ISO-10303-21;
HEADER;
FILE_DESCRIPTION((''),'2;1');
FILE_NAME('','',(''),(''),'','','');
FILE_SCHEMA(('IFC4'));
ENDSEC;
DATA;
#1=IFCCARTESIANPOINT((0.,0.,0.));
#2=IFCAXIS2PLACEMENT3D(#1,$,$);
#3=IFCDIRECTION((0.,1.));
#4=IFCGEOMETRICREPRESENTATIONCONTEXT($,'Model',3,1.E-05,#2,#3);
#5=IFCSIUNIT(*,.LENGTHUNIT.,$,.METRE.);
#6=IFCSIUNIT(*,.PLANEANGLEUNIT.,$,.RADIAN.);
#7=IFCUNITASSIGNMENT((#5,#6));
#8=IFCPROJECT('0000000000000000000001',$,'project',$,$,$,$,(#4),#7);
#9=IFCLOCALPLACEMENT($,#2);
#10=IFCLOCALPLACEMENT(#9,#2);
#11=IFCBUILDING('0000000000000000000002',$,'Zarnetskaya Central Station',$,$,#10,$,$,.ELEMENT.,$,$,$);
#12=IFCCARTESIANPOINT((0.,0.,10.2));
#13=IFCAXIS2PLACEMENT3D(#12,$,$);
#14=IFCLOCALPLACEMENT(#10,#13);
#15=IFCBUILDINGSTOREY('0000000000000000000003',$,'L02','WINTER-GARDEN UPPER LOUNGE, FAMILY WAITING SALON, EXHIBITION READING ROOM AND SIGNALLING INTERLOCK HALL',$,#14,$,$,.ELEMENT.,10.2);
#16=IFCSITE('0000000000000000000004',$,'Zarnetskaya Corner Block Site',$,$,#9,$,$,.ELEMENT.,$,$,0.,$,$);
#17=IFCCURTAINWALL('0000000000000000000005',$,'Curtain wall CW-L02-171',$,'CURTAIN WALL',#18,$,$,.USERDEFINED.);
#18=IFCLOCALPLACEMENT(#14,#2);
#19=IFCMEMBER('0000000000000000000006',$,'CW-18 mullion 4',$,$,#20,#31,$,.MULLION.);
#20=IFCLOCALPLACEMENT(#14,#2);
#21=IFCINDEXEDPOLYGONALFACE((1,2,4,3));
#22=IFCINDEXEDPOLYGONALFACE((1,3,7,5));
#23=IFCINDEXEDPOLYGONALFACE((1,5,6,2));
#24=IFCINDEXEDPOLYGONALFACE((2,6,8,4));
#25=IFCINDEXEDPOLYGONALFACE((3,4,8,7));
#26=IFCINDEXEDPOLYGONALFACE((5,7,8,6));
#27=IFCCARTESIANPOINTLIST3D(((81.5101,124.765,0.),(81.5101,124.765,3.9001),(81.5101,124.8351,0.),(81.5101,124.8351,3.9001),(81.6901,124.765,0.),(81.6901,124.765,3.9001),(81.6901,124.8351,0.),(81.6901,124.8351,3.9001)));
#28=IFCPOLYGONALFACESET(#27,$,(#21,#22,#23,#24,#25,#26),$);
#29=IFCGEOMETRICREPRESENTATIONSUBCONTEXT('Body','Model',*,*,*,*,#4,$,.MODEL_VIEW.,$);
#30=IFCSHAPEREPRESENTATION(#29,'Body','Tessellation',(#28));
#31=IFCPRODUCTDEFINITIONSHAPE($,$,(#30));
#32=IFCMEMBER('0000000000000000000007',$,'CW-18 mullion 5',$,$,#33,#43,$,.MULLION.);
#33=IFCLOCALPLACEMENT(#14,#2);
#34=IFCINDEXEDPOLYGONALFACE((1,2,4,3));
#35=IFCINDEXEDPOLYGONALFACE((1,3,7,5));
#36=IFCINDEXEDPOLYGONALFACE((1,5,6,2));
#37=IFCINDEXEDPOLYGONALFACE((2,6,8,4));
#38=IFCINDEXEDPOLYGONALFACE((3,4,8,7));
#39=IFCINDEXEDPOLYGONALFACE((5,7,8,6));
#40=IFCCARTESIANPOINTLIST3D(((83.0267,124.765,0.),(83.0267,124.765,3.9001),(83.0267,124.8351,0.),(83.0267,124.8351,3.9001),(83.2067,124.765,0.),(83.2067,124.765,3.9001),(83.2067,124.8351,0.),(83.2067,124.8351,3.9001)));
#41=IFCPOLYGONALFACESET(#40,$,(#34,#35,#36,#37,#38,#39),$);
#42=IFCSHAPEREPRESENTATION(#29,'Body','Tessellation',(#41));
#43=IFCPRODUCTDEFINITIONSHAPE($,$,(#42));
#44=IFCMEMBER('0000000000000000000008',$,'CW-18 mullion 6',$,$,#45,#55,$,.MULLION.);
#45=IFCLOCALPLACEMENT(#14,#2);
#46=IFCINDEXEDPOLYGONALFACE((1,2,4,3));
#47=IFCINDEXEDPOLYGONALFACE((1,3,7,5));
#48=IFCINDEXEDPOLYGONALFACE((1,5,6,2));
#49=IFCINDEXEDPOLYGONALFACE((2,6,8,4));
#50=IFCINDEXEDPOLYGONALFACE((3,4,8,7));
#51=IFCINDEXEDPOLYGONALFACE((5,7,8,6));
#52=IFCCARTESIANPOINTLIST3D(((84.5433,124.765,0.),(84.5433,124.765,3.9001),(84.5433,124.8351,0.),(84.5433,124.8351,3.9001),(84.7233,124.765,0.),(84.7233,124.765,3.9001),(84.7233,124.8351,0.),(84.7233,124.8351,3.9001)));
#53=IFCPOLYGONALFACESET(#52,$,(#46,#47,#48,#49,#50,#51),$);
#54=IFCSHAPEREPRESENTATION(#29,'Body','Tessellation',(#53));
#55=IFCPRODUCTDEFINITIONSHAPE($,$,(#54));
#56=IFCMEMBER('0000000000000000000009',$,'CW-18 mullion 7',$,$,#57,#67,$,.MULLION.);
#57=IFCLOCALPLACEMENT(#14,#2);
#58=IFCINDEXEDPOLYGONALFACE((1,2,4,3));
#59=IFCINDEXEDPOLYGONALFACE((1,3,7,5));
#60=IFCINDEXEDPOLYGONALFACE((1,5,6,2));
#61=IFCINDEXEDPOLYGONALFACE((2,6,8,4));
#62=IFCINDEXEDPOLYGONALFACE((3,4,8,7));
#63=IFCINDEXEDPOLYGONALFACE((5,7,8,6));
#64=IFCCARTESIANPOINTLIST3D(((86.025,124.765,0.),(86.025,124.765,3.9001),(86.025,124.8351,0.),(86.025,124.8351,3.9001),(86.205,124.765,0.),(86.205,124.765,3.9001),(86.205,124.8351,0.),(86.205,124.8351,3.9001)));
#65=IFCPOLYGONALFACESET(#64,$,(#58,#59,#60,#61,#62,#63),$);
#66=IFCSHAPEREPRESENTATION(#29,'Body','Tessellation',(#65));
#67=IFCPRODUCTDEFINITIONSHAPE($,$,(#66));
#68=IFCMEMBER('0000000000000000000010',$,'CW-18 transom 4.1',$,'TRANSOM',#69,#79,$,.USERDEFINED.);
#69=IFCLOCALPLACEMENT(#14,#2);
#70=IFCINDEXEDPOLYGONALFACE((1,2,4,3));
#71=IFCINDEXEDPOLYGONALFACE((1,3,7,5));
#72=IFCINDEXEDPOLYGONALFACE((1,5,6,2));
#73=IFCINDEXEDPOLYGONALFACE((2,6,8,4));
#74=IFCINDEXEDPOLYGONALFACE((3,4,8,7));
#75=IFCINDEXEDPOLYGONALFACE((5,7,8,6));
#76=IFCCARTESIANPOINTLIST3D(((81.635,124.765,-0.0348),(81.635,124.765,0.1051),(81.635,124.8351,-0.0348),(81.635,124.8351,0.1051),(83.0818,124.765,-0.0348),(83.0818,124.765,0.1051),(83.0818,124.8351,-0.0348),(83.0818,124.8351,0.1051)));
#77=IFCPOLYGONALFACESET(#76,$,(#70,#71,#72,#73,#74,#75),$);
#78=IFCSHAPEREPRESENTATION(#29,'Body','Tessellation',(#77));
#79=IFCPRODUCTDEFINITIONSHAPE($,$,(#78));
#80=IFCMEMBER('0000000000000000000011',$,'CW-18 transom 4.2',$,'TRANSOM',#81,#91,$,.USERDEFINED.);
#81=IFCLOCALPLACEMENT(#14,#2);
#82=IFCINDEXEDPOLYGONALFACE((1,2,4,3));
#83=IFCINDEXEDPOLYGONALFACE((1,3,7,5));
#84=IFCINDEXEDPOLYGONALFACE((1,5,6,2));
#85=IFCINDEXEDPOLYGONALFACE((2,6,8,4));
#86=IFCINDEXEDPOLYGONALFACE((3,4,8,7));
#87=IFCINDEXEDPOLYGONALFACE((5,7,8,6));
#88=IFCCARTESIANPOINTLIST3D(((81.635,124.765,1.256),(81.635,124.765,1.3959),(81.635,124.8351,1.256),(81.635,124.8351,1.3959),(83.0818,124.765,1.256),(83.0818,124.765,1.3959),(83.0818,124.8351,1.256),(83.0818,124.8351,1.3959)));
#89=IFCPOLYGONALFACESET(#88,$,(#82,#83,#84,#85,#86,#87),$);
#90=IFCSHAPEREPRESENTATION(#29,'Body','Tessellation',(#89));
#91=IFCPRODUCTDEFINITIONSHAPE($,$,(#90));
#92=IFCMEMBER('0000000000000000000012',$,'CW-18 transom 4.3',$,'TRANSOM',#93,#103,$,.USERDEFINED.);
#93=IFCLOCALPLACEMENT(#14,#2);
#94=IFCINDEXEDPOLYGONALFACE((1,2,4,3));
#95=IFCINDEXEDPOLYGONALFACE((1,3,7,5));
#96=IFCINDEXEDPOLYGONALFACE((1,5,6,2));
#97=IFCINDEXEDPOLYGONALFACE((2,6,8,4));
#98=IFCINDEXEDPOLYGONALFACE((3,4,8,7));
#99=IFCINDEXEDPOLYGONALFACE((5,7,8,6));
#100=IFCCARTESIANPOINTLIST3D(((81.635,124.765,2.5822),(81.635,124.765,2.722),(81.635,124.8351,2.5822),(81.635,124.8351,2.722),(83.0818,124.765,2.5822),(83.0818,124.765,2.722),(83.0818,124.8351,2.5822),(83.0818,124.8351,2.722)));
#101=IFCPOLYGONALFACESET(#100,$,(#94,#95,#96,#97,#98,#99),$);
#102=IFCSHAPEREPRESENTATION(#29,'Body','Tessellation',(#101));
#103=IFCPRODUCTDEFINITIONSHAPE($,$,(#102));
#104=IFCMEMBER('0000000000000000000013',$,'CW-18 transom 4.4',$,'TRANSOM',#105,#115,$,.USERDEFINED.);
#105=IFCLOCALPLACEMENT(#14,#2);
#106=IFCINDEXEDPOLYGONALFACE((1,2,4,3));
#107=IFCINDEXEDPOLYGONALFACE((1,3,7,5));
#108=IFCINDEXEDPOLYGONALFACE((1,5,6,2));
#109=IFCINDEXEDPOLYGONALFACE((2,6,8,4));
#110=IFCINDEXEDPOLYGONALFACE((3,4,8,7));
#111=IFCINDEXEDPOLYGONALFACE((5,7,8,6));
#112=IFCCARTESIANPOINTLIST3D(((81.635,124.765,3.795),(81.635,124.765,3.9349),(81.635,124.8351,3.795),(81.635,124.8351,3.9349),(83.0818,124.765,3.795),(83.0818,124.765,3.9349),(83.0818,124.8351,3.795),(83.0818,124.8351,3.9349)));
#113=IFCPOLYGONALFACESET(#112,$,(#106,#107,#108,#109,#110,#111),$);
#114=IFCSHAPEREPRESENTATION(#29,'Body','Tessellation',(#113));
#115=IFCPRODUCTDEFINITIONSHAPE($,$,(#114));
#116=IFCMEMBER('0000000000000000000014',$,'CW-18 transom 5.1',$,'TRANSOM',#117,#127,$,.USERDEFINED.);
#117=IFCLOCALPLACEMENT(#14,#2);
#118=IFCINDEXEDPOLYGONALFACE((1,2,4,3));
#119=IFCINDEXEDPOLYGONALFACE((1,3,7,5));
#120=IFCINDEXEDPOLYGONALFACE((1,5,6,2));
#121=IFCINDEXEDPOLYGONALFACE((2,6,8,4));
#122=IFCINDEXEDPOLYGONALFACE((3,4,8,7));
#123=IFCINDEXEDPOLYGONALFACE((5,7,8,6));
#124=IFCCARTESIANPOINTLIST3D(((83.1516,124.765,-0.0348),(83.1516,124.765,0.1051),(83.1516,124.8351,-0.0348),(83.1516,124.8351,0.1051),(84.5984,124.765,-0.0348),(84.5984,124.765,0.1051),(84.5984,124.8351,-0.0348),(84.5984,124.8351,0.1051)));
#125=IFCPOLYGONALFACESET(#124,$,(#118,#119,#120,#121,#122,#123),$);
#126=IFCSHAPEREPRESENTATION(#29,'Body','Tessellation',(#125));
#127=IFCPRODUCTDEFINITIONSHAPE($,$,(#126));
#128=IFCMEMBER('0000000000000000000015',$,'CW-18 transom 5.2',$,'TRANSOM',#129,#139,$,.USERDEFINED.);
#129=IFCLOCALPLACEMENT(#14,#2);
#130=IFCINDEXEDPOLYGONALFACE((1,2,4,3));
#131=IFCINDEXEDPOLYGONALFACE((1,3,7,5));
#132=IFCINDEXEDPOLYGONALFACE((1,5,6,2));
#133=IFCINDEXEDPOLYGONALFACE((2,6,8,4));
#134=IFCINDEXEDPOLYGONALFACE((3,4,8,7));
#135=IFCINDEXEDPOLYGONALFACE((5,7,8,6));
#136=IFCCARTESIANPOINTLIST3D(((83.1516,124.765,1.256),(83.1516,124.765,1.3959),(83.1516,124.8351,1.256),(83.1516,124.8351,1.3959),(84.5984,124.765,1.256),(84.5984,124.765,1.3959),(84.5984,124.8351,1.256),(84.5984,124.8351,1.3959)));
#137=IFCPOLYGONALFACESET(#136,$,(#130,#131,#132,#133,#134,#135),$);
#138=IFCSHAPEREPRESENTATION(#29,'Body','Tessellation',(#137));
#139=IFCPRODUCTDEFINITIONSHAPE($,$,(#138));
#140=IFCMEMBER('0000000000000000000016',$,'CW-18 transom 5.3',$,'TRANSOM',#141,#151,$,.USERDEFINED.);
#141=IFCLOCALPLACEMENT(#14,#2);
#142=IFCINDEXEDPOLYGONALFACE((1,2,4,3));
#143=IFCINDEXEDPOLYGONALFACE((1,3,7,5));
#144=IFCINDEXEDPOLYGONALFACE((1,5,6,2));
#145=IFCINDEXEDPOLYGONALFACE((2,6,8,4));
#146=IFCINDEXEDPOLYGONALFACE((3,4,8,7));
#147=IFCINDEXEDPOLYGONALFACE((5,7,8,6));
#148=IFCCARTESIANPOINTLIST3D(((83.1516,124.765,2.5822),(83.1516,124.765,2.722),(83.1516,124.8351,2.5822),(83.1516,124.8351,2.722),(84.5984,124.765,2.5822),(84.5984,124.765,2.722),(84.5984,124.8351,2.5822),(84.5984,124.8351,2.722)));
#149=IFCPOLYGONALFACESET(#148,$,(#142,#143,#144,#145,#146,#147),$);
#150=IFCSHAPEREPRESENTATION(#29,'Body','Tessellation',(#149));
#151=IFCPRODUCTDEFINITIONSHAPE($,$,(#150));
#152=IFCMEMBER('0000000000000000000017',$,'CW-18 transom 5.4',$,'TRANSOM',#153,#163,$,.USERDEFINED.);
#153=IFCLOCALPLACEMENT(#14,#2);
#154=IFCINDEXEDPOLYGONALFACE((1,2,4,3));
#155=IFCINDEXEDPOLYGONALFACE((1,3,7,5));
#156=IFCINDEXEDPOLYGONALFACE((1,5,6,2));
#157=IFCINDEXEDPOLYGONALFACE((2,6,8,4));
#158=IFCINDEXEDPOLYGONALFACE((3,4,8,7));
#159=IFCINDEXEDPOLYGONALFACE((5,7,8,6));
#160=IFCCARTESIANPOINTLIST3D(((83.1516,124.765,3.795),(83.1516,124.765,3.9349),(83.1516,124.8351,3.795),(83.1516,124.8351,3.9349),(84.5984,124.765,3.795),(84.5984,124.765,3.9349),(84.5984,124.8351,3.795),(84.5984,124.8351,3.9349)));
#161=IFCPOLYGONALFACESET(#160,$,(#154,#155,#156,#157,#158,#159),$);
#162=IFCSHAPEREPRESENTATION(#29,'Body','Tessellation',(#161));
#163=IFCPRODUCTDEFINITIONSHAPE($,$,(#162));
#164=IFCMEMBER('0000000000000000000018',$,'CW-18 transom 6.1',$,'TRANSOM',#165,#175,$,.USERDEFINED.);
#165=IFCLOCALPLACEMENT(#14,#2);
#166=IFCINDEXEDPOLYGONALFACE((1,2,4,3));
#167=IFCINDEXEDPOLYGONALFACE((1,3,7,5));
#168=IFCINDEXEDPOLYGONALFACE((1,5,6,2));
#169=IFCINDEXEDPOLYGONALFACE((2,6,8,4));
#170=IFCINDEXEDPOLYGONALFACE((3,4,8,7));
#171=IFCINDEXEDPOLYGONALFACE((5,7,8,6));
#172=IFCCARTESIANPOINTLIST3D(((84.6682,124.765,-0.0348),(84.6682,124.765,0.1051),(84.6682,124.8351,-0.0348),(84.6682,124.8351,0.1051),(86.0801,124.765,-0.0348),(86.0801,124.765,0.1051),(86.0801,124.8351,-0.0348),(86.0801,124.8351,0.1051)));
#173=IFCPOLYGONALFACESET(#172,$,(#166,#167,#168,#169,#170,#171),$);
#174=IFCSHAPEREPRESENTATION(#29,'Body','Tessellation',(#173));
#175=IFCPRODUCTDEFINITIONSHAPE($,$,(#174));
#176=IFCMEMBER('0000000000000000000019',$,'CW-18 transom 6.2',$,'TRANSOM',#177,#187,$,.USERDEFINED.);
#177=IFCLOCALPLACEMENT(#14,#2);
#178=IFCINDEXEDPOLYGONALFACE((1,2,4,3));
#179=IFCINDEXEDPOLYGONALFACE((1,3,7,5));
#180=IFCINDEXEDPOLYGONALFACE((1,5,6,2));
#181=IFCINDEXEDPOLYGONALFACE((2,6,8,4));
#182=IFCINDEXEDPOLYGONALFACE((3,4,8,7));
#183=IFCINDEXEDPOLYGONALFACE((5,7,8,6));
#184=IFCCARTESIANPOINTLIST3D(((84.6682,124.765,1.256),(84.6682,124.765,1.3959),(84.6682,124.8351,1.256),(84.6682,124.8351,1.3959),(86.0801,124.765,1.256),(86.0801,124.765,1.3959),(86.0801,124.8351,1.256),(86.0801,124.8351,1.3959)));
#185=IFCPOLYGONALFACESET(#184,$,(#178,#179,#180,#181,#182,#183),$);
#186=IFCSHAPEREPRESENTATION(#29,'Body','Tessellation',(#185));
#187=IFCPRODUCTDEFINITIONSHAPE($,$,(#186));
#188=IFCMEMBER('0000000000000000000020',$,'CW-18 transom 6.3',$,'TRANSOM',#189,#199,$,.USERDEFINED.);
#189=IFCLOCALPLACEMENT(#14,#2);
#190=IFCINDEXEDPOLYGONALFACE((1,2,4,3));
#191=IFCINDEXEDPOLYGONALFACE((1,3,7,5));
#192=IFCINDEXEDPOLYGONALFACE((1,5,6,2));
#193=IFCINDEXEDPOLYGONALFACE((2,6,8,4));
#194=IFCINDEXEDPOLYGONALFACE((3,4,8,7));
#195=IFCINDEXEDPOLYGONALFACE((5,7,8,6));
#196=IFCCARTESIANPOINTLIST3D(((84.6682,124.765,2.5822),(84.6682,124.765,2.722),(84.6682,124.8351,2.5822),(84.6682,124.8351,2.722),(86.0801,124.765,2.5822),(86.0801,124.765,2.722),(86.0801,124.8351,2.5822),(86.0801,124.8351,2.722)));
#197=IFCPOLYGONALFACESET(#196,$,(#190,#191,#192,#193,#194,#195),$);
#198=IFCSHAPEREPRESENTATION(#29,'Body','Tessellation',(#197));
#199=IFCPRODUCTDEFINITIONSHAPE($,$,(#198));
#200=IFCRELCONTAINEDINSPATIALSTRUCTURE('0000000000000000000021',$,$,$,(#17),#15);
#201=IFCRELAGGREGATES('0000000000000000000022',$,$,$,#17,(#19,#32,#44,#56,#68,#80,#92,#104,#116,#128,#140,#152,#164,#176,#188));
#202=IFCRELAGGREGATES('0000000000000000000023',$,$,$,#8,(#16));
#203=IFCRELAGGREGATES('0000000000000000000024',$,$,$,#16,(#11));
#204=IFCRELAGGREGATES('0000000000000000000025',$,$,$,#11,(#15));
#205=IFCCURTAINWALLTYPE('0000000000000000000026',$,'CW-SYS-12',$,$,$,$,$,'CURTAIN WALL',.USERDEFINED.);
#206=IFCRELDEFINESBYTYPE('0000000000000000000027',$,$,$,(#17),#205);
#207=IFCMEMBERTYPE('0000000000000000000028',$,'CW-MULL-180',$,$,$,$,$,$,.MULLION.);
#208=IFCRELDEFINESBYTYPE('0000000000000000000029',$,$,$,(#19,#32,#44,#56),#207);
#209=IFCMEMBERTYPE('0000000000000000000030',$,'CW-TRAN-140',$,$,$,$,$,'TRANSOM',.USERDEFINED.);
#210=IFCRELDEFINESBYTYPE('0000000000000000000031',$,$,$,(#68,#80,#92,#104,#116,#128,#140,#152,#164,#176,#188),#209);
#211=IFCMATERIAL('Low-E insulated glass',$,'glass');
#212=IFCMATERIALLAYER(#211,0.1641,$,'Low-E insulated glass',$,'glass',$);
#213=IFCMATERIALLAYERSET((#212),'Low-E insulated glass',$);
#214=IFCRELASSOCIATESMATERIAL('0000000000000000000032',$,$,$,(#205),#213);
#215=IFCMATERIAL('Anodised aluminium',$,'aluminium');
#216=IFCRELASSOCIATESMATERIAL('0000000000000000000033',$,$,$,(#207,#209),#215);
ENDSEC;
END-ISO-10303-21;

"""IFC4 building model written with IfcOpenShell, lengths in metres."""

from ifc_helpers import new_model, si_unit, direction, frame, origin, origin_2d, place, context, subcontext, project, spatial, rectangle, extrude, material, layer, layer_set, material_profile, profile_set, type_object, element, aggregate, save


model = new_model("IFC4")

# Units and contexts
model_context = context("Model", 3, precision=1e-05, world=origin(), true_north=direction((0.0, 1.0)))
body_context = subcontext(model_context, "Body", "Model", "MODEL_VIEW")
ifc_project = project(units=[si_unit("LENGTHUNIT", "METRE"), si_unit("PLANEANGLEUNIT", "RADIAN")], contexts=[model_context])

# Site, building, storey
site_placement = place(None, origin())
site = spatial("IfcSite", under=ifc_project, at=site_placement, Name="Zarnetskaya Corner Block Site", CompositionType="ELEMENT", RefElevation=0.0)
building_placement = place(site_placement, origin())
building = spatial("IfcBuilding", under=site, at=building_placement, Name="Zarnetskaya Central Station", CompositionType="ELEMENT")
storey_placement = place(building_placement, frame((0.0, 0.0, 10.2)))
storey = spatial("IfcBuildingStorey", under=building, at=storey_placement, Name="L02", Description="WINTER-GARDEN UPPER LOUNGE, FAMILY WAITING SALON, EXHIBITION READING ROOM AND SIGNALLING INTERLOCK HALL", CompositionType="ELEMENT", Elevation=10.2)

# Curtain wall, members
ifc_material_1 = material(Name="Low-E insulated glass", Category="glass")
ifc_layer_1 = layer(ifc_material_1, 0.1641, Name="Low-E insulated glass", Category="glass")
ifc_layer_set_1 = layer_set([ifc_layer_1], Name="Low-E insulated glass")
curtain_wall_type = type_object("IfcCurtainWallType", Name="CW-SYS-12", ElementType="CURTAIN WALL", PredefinedType="USERDEFINED", material=ifc_layer_set_1)
curtain_wall_placement = place(storey_placement, origin())
curtain_wall = element("IfcCurtainWall", 1, at=curtain_wall_placement, inside=storey, type_object=curtain_wall_type, Name="Curtain wall CW-L02-171", ObjectType="CURTAIN WALL", PredefinedType="USERDEFINED")
ifc_material_2 = material(Name="Anodised aluminium", Category="aluminium")
ifc_material_profile_1 = material_profile(ifc_material_2, rectangle(XDim=0.0701, YDim=0.1799, at=origin_2d()), Name="ALU MULL 70x180")
ifc_profile_set_1 = profile_set([ifc_material_profile_1], Name="Anodised aluminium")
member_type_1 = type_object("IfcMemberType", Name="CW-MULL-180", PredefinedType="MULLION", material=ifc_profile_set_1)
member_1_placement = place(storey_placement, frame((81.6001, 124.8, 0.0), z_axis=(0.0, 0.0, 1.0), x_axis=(0.0, 1.0, 0.0)))
member_1 = element("IfcMember", 2, at=member_1_placement, type_object=member_type_1, Name="CW-18 mullion 4", PredefinedType="MULLION", context=body_context, shape_type="SweptSolid", body=[
    extrude(rectangle(XDim=0.0701, YDim=0.1799, at=origin_2d()), origin(), (0.0, 0.0, 1.0), 3.9001),
])
member_2_placement = place(storey_placement, frame((83.1167, 124.8, 0.0), z_axis=(0.0, 0.0, 1.0), x_axis=(0.0, 1.0, 0.0)))
member_2 = element("IfcMember", 3, at=member_2_placement, type_object=member_type_1, Name="CW-18 mullion 5", PredefinedType="MULLION", context=body_context, shape_type="SweptSolid", body=[
    extrude(rectangle(XDim=0.0701, YDim=0.1799, at=origin_2d()), origin(), (0.0, 0.0, 1.0), 3.9001),
])
member_3_placement = place(storey_placement, frame((84.6333, 124.8, 0.0), z_axis=(0.0, 0.0, 1.0), x_axis=(0.0, 1.0, 0.0)))
member_3 = element("IfcMember", 4, at=member_3_placement, type_object=member_type_1, Name="CW-18 mullion 6", PredefinedType="MULLION", context=body_context, shape_type="SweptSolid", body=[
    extrude(rectangle(XDim=0.0701, YDim=0.1799, at=origin_2d()), origin(), (0.0, 0.0, 1.0), 3.9001),
])
member_4_placement = place(storey_placement, frame((86.115, 124.8, 0.0), z_axis=(0.0, 0.0, 1.0), x_axis=(0.0, 1.0, 0.0)))
member_4 = element("IfcMember", 5, at=member_4_placement, type_object=member_type_1, Name="CW-18 mullion 7", PredefinedType="MULLION", context=body_context, shape_type="SweptSolid", body=[
    extrude(rectangle(XDim=0.0701, YDim=0.1799, at=origin_2d()), origin(), (0.0, 0.0, 1.0), 3.9001),
])
ifc_material_profile_2 = material_profile(ifc_material_2, rectangle(XDim=0.0701, YDim=0.1399, at=origin_2d()), Name="ALU TRAN 70x140")
ifc_profile_set_2 = profile_set([ifc_material_profile_2], Name="Anodised aluminium")
member_type_2 = type_object("IfcMemberType", Name="CW-TRAN-140", ElementType="TRANSOM", PredefinedType="USERDEFINED", material=ifc_profile_set_2)
member_5_placement = place(storey_placement, frame((81.635, 124.8, 0.0352), z_axis=(1.0, 0.0, 0.0), x_axis=(0.0, 1.0, 0.0)))
member_5 = element("IfcMember", 6, at=member_5_placement, type_object=member_type_2, Name="CW-18 transom 4.1", ObjectType="TRANSOM", PredefinedType="USERDEFINED", context=body_context, shape_type="SweptSolid", body=[
    extrude(rectangle(XDim=0.0701, YDim=0.1399, at=origin_2d()), origin(), (0.0, 0.0, 1.0), 1.4468),
])
member_6_placement = place(storey_placement, frame((81.635, 124.8, 1.3259), z_axis=(1.0, 0.0, 0.0), x_axis=(0.0, 1.0, 0.0)))
member_6 = element("IfcMember", 7, at=member_6_placement, type_object=member_type_2, Name="CW-18 transom 4.2", ObjectType="TRANSOM", PredefinedType="USERDEFINED", context=body_context, shape_type="SweptSolid", body=[
    extrude(rectangle(XDim=0.0701, YDim=0.1399, at=origin_2d()), origin(), (0.0, 0.0, 1.0), 1.4468),
])
member_7_placement = place(storey_placement, frame((81.635, 124.8, 2.6521), z_axis=(1.0, 0.0, 0.0), x_axis=(0.0, 1.0, 0.0)))
member_7 = element("IfcMember", 8, at=member_7_placement, type_object=member_type_2, Name="CW-18 transom 4.3", ObjectType="TRANSOM", PredefinedType="USERDEFINED", context=body_context, shape_type="SweptSolid", body=[
    extrude(rectangle(XDim=0.0701, YDim=0.1399, at=origin_2d()), origin(), (0.0, 0.0, 1.0), 1.4468),
])
member_8_placement = place(storey_placement, frame((81.635, 124.8, 3.865), z_axis=(1.0, 0.0, 0.0), x_axis=(0.0, 1.0, 0.0)))
member_8 = element("IfcMember", 9, at=member_8_placement, type_object=member_type_2, Name="CW-18 transom 4.4", ObjectType="TRANSOM", PredefinedType="USERDEFINED", context=body_context, shape_type="SweptSolid", body=[
    extrude(rectangle(XDim=0.0701, YDim=0.1399, at=origin_2d()), origin(), (0.0, 0.0, 1.0), 1.4468),
])
member_9_placement = place(storey_placement, frame((83.1516, 124.8, 0.0352), z_axis=(1.0, 0.0, 0.0), x_axis=(0.0, 1.0, 0.0)))
member_9 = element("IfcMember", 10, at=member_9_placement, type_object=member_type_2, Name="CW-18 transom 5.1", ObjectType="TRANSOM", PredefinedType="USERDEFINED", context=body_context, shape_type="SweptSolid", body=[
    extrude(rectangle(XDim=0.0701, YDim=0.1399, at=origin_2d()), origin(), (0.0, 0.0, 1.0), 1.4468),
])
member_10_placement = place(storey_placement, frame((83.1516, 124.8, 1.3259), z_axis=(1.0, 0.0, 0.0), x_axis=(0.0, 1.0, 0.0)))
member_10 = element("IfcMember", 11, at=member_10_placement, type_object=member_type_2, Name="CW-18 transom 5.2", ObjectType="TRANSOM", PredefinedType="USERDEFINED", context=body_context, shape_type="SweptSolid", body=[
    extrude(rectangle(XDim=0.0701, YDim=0.1399, at=origin_2d()), origin(), (0.0, 0.0, 1.0), 1.4468),
])
member_11_placement = place(storey_placement, frame((83.1516, 124.8, 2.6521), z_axis=(1.0, 0.0, 0.0), x_axis=(0.0, 1.0, 0.0)))
member_11 = element("IfcMember", 12, at=member_11_placement, type_object=member_type_2, Name="CW-18 transom 5.3", ObjectType="TRANSOM", PredefinedType="USERDEFINED", context=body_context, shape_type="SweptSolid", body=[
    extrude(rectangle(XDim=0.0701, YDim=0.1399, at=origin_2d()), origin(), (0.0, 0.0, 1.0), 1.4468),
])
member_12_placement = place(storey_placement, frame((83.1516, 124.8, 3.865), z_axis=(1.0, 0.0, 0.0), x_axis=(0.0, 1.0, 0.0)))
member_12 = element("IfcMember", 13, at=member_12_placement, type_object=member_type_2, Name="CW-18 transom 5.4", ObjectType="TRANSOM", PredefinedType="USERDEFINED", context=body_context, shape_type="SweptSolid", body=[
    extrude(rectangle(XDim=0.0701, YDim=0.1399, at=origin_2d()), origin(), (0.0, 0.0, 1.0), 1.4468),
])
member_13_placement = place(storey_placement, frame((84.6682, 124.8, 0.0352), z_axis=(1.0, 0.0, 0.0), x_axis=(0.0, 1.0, 0.0)))
member_13 = element("IfcMember", 14, at=member_13_placement, type_object=member_type_2, Name="CW-18 transom 6.1", ObjectType="TRANSOM", PredefinedType="USERDEFINED", context=body_context, shape_type="SweptSolid", body=[
    extrude(rectangle(XDim=0.0701, YDim=0.1399, at=origin_2d()), origin(), (0.0, 0.0, 1.0), 1.4119),
])
member_14_placement = place(storey_placement, frame((84.6682, 124.8, 1.3259), z_axis=(1.0, 0.0, 0.0), x_axis=(0.0, 1.0, 0.0)))
member_14 = element("IfcMember", 15, at=member_14_placement, type_object=member_type_2, Name="CW-18 transom 6.2", ObjectType="TRANSOM", PredefinedType="USERDEFINED", context=body_context, shape_type="SweptSolid", body=[
    extrude(rectangle(XDim=0.0701, YDim=0.1399, at=origin_2d()), origin(), (0.0, 0.0, 1.0), 1.4119),
])
member_15_placement = place(storey_placement, frame((84.6682, 124.8, 2.6521), z_axis=(1.0, 0.0, 0.0), x_axis=(0.0, 1.0, 0.0)))
member_15 = element("IfcMember", 16, at=member_15_placement, type_object=member_type_2, Name="CW-18 transom 6.3", ObjectType="TRANSOM", PredefinedType="USERDEFINED", context=body_context, shape_type="SweptSolid", body=[
    extrude(rectangle(XDim=0.0701, YDim=0.1399, at=origin_2d()), origin(), (0.0, 0.0, 1.0), 1.4119),
])
aggregate(curtain_wall, [member_1, member_2, member_3, member_4, member_5, member_6, member_7, member_8, member_9, member_10, member_11, member_12, member_13, member_14, member_15])

save(model, "model.ifc")
